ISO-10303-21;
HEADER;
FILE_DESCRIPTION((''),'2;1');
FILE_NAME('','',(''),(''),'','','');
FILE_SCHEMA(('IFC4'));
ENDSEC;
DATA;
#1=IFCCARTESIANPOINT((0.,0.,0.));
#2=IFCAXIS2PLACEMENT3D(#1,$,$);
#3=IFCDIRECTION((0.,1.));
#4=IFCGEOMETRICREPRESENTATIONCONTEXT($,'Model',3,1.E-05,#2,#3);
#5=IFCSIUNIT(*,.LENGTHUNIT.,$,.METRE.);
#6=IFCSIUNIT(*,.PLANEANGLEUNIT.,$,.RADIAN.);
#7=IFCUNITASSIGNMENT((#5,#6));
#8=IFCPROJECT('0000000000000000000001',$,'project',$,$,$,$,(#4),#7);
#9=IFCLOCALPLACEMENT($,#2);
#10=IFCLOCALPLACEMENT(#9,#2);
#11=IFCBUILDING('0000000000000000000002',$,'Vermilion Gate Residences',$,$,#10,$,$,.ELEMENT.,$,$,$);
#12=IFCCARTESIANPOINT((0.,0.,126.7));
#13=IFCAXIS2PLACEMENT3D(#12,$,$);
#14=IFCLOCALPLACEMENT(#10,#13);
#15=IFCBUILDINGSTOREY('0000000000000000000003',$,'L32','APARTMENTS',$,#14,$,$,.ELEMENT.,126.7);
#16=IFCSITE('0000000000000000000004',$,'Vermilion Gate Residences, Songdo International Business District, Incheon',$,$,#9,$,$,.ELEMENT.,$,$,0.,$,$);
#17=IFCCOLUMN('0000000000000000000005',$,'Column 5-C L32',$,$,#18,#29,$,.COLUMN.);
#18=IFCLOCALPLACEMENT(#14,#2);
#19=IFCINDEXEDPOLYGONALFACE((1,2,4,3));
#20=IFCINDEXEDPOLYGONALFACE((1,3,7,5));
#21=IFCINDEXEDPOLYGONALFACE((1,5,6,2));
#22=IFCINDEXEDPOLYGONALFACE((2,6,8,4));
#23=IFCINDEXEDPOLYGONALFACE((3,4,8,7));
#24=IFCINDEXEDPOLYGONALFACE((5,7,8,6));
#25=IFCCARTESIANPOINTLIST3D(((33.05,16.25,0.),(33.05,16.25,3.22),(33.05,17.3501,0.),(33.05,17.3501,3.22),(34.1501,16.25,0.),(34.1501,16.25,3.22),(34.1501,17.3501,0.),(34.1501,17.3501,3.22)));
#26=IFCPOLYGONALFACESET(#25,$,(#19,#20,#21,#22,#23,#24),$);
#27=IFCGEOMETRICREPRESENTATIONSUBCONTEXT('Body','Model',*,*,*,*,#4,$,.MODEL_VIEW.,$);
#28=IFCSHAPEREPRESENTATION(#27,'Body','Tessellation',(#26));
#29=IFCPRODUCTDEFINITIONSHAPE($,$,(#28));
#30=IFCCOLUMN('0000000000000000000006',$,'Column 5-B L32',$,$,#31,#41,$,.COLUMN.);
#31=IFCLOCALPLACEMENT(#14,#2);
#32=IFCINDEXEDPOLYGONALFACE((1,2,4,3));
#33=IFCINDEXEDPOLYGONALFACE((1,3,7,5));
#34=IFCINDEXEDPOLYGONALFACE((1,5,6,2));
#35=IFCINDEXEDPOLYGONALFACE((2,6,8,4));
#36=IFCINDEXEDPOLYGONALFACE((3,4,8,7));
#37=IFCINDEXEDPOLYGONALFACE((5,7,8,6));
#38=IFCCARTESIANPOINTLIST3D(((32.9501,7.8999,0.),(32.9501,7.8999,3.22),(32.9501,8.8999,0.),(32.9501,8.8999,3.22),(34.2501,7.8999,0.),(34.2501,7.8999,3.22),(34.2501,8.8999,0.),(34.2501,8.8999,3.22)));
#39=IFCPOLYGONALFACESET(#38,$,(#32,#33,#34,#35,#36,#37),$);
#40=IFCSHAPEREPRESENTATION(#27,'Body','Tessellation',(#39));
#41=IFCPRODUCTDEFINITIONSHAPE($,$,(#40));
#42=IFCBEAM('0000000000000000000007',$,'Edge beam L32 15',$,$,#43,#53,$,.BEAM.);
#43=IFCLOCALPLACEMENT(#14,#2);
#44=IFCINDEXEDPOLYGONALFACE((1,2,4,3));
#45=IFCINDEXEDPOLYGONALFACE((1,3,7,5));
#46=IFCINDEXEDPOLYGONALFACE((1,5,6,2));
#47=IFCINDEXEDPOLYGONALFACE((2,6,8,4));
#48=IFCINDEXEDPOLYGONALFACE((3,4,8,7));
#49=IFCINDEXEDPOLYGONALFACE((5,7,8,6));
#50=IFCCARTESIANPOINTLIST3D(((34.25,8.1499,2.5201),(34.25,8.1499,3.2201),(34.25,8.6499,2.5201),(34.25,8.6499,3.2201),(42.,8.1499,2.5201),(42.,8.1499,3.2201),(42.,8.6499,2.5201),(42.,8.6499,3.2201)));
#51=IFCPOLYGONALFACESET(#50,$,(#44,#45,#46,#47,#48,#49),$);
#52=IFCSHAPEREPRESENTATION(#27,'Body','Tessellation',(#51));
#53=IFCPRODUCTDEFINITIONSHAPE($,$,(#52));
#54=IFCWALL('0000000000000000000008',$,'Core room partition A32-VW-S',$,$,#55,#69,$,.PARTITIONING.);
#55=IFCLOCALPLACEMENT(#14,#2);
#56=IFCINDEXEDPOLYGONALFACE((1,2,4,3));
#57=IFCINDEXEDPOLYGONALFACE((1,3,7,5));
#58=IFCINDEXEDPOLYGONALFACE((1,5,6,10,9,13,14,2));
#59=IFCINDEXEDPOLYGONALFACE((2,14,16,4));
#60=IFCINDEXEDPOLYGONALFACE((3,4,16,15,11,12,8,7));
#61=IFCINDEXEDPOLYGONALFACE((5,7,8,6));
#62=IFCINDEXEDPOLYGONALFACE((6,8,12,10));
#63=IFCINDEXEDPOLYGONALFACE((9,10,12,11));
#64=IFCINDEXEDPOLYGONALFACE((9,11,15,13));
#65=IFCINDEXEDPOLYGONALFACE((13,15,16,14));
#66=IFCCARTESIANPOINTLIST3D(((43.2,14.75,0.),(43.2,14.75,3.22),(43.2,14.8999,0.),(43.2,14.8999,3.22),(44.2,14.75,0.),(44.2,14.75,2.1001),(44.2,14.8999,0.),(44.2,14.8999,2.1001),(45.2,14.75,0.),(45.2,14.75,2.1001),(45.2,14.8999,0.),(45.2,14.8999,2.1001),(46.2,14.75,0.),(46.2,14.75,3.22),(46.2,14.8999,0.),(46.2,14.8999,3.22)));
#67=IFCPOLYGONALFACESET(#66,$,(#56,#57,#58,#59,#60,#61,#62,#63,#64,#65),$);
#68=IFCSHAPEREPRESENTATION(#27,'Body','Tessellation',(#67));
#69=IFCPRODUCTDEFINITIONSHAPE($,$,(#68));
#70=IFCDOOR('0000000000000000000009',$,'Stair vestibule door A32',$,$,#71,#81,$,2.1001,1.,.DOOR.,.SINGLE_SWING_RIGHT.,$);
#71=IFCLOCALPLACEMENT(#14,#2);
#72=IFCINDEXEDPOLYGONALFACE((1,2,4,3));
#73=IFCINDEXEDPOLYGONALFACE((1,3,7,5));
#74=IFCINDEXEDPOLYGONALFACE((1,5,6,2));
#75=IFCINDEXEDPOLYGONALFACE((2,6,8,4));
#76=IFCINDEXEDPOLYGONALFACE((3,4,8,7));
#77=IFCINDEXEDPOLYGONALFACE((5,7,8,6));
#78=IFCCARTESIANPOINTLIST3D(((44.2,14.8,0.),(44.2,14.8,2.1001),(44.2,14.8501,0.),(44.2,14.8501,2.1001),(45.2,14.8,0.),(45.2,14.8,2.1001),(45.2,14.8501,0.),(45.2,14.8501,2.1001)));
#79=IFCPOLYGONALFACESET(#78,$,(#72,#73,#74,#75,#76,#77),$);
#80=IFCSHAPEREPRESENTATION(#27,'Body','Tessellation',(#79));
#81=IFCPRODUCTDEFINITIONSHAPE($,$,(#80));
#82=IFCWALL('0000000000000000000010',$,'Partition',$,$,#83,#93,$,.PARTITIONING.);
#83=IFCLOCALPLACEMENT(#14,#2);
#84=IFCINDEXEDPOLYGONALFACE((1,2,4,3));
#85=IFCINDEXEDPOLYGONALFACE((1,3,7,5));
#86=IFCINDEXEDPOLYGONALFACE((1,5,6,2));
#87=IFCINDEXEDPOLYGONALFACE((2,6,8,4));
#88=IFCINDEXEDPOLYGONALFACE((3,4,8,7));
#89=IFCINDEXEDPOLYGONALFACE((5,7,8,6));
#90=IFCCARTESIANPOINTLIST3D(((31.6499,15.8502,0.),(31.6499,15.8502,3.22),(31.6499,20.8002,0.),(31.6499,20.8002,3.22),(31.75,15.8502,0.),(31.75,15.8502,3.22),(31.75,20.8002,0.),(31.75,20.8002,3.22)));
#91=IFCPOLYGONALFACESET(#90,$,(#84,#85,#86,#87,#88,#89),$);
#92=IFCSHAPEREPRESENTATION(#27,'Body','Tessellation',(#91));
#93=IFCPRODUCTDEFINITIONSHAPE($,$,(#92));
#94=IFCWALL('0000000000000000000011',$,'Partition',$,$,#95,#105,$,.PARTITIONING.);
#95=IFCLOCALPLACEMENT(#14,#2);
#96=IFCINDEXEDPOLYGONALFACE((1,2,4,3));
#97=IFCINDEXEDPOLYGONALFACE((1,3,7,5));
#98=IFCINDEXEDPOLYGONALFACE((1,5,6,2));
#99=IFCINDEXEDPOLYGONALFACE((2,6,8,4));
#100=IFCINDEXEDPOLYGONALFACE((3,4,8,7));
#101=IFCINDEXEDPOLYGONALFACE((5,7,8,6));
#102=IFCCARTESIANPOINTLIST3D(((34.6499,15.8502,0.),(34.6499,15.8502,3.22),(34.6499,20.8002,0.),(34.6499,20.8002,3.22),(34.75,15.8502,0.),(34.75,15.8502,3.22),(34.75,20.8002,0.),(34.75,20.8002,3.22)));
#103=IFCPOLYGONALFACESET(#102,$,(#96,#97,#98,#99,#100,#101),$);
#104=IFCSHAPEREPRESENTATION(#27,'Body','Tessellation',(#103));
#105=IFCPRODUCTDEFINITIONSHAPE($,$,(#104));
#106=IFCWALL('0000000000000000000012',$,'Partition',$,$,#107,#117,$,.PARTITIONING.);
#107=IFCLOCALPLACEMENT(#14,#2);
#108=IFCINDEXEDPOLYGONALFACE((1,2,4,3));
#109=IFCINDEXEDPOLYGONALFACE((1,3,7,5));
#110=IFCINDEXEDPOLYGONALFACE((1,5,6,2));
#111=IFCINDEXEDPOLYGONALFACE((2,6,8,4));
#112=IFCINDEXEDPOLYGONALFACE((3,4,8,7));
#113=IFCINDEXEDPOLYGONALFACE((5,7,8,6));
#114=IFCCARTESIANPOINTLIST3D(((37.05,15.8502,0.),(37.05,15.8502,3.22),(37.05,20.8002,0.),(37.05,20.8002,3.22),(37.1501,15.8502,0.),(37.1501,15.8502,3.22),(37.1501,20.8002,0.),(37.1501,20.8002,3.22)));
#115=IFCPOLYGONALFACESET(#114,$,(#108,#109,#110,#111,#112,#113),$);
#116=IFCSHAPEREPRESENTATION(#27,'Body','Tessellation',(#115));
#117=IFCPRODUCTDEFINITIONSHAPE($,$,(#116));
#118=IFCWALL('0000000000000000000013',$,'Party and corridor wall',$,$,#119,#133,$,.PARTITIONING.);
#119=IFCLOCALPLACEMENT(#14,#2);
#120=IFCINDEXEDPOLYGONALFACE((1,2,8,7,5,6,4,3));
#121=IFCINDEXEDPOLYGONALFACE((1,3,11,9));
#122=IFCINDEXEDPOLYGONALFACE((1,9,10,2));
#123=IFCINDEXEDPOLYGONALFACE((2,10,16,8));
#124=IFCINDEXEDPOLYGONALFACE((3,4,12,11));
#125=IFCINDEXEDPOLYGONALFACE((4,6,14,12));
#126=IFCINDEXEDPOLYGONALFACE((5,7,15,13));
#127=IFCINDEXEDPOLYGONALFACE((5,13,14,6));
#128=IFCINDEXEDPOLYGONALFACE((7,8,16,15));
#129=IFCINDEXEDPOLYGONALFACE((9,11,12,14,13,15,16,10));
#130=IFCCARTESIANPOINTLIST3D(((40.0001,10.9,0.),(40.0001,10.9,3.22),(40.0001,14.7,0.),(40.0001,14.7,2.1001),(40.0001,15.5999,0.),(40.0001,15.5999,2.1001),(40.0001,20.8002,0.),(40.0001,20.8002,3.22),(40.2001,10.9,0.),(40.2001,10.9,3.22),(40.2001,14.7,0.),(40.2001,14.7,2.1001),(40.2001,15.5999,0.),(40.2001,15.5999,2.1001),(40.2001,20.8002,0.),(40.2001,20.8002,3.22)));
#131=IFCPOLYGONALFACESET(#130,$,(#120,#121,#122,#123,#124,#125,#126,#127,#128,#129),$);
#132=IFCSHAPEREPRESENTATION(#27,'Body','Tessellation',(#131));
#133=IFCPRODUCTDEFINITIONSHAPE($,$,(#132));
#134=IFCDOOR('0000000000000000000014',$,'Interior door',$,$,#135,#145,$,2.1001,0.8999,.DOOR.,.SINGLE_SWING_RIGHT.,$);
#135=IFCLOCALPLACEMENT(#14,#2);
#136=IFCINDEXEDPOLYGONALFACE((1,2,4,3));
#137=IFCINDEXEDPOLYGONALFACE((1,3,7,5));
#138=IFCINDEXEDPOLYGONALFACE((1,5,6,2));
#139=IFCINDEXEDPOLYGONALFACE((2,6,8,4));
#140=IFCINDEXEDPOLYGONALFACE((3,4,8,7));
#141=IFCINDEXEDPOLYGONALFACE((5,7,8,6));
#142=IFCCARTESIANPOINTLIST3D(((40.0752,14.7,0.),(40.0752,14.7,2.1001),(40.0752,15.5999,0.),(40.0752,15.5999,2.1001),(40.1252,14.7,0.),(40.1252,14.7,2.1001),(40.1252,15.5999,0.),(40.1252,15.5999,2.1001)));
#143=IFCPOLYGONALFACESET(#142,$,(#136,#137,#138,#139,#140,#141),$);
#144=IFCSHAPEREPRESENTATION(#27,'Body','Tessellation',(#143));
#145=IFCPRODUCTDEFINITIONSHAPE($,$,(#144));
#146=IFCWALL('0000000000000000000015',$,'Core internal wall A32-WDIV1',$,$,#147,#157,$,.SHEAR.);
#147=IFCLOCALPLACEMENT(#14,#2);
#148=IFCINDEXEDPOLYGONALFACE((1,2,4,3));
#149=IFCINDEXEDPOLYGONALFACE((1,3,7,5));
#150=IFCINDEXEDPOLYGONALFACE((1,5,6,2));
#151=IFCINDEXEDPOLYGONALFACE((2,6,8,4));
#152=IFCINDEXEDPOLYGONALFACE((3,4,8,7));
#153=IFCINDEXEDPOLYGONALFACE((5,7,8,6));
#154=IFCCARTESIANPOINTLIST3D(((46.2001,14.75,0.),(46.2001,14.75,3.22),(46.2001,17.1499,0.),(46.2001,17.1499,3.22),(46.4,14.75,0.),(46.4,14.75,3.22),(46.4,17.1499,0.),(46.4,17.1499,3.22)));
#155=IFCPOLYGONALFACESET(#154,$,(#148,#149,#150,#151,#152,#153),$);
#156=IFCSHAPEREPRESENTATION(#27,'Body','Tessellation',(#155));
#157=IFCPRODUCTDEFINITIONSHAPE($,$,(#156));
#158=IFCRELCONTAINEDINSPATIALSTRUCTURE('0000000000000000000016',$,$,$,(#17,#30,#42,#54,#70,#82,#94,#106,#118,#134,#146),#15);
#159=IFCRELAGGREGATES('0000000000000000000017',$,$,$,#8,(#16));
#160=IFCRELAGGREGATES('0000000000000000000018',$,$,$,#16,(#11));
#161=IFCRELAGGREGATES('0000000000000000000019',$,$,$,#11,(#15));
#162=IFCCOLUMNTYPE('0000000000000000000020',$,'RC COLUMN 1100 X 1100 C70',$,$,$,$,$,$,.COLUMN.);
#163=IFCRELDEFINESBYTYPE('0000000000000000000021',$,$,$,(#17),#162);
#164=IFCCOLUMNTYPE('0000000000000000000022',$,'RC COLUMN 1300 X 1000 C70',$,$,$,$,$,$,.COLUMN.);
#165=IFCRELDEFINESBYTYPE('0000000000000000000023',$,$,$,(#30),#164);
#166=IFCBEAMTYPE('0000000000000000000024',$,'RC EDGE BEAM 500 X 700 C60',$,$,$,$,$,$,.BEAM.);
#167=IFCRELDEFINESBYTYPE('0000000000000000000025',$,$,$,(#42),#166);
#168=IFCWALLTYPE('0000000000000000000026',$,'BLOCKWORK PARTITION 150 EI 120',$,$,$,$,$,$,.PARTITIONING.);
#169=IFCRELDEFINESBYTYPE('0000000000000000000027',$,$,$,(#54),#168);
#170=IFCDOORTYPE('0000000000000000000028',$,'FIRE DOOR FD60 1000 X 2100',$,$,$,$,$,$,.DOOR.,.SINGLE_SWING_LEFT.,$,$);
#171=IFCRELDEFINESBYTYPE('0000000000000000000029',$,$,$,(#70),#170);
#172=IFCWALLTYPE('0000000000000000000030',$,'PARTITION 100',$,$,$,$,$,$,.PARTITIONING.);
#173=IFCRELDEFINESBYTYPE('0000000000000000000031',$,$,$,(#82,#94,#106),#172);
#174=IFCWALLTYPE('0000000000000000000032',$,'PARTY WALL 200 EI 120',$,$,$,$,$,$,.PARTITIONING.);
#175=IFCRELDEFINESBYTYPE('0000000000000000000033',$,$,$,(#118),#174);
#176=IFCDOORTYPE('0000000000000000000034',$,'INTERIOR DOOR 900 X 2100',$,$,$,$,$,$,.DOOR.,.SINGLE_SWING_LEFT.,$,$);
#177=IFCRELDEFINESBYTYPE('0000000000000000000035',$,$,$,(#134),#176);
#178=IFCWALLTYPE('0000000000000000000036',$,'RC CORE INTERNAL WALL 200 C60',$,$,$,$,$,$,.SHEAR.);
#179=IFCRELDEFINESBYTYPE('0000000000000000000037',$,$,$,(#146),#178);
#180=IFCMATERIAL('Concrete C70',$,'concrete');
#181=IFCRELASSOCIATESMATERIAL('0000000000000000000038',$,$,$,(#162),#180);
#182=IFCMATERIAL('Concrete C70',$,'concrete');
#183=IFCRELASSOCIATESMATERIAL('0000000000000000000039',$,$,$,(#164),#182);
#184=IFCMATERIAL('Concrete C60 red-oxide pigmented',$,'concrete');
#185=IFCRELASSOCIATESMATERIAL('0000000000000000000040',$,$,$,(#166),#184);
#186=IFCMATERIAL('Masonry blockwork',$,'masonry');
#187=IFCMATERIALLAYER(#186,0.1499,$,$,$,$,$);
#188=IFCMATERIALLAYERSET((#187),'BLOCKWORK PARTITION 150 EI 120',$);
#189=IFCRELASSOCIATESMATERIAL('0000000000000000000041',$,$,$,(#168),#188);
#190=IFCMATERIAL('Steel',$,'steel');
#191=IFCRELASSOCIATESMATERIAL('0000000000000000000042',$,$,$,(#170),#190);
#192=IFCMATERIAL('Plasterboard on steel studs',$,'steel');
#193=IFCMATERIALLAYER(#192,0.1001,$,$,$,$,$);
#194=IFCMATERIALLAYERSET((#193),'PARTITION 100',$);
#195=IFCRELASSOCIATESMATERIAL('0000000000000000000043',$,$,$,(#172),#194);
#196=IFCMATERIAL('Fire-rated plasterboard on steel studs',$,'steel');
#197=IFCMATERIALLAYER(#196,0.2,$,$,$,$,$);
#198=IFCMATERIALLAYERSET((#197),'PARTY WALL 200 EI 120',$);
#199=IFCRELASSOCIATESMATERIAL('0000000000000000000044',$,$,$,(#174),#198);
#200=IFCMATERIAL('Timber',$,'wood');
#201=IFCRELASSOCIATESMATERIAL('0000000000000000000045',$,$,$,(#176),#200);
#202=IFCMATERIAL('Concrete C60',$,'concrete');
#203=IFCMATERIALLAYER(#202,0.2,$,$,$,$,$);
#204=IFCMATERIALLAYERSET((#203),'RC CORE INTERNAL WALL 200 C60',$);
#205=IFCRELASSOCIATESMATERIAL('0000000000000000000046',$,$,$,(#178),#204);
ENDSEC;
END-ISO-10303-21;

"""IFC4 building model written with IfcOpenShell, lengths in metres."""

from ifc_helpers import new_model, si_unit, direction, frame, frame_2d, origin, origin_2d, place, context, subcontext, project, spatial, rectangle, extrude, material, layer, layer_set, material_profile, profile_set, type_object, element, fill, save


model = new_model("IFC4")

# Units and contexts
model_context = context("Model", 3, precision=1e-05, world=origin(), true_north=direction((0.0, 1.0)))
body_context = subcontext(model_context, "Body", "Model", "MODEL_VIEW")
ifc_project = project(units=[si_unit("LENGTHUNIT", "METRE"), si_unit("PLANEANGLEUNIT", "RADIAN")], contexts=[model_context])

# Site, building, storey
site_placement = place(None, origin())
site = spatial("IfcSite", under=ifc_project, at=site_placement, Name="Vermilion Gate Residences, Songdo International Business District, Incheon", CompositionType="ELEMENT", RefElevation=0.0)
building_placement = place(site_placement, origin())
building = spatial("IfcBuilding", under=site, at=building_placement, Name="Vermilion Gate Residences", CompositionType="ELEMENT")
storey_placement = place(building_placement, frame((0.0, 0.0, 126.7)))
storey = spatial("IfcBuildingStorey", under=building, at=storey_placement, Name="L32", Description="APARTMENTS", CompositionType="ELEMENT", Elevation=126.7)

# Columns
ifc_material_1 = material(Name="Concrete C70", Category="concrete")
ifc_material_profile_1 = material_profile(ifc_material_1, rectangle(XDim=1.1001, YDim=1.1001, at=origin_2d()), Name="RC-1100x1100")
ifc_profile_set_1 = profile_set([ifc_material_profile_1], Name="Concrete C70")
column_type_1 = type_object("IfcColumnType", Name="RC COLUMN 1100 X 1100 C70", PredefinedType="COLUMN", material=ifc_profile_set_1)
column_1_placement = place(storey_placement, frame((33.6001, 16.8, 0.0), z_axis=(0.0, 0.0, 1.0), x_axis=(1.0, 0.0, 0.0)))
element("IfcColumn", 1, at=column_1_placement, inside=storey, type_object=column_type_1, Name="Column 5-C L32", PredefinedType="COLUMN", context=body_context, shape_type="SweptSolid", body=[
    extrude(rectangle(XDim=1.1001, YDim=1.1001, at=origin_2d()), origin(), (0.0, 0.0, 1.0), 3.22),
])
ifc_material_2 = material(Name="Concrete C70", Category="concrete")
ifc_material_profile_2 = material_profile(ifc_material_2, rectangle(XDim=1.3, YDim=1.0, at=origin_2d()), Name="RC-1300x1000")
ifc_profile_set_2 = profile_set([ifc_material_profile_2], Name="Concrete C70")
column_type_2 = type_object("IfcColumnType", Name="RC COLUMN 1300 X 1000 C70", PredefinedType="COLUMN", material=ifc_profile_set_2)
column_2_placement = place(storey_placement, frame((33.6001, 8.3999, 0.0), z_axis=(0.0, 0.0, 1.0), x_axis=(1.0, 0.0, 0.0)))
element("IfcColumn", 2, at=column_2_placement, inside=storey, type_object=column_type_2, Name="Column 5-B L32", PredefinedType="COLUMN", context=body_context, shape_type="SweptSolid", body=[
    extrude(rectangle(XDim=1.3, YDim=1.0, at=origin_2d()), origin(), (0.0, 0.0, 1.0), 3.22),
])

# Beam
ifc_material_3 = material(Name="Concrete C60 red-oxide pigmented", Category="concrete")
ifc_material_profile_3 = material_profile(ifc_material_3, rectangle(XDim=0.5, YDim=0.7, at=origin_2d()), Name="RC-500x700")
ifc_profile_set_3 = profile_set([ifc_material_profile_3], Name="Concrete C60 red-oxide pigmented")
beam_type = type_object("IfcBeamType", Name="RC EDGE BEAM 500 X 700 C60", PredefinedType="BEAM", material=ifc_profile_set_3)
beam_placement = place(storey_placement, frame((34.25, 8.3999, 2.8701), z_axis=(1.0, 0.0, 0.0), x_axis=(0.0, 1.0, 0.0)))
element("IfcBeam", 3, at=beam_placement, inside=storey, type_object=beam_type, Name="Edge beam L32 15", PredefinedType="BEAM", context=body_context, shape_type="SweptSolid", body=[
    extrude(rectangle(XDim=0.5, YDim=0.7, at=origin_2d()), origin(), (0.0, 0.0, 1.0), 7.75),
])

# Wall, opening, door
ifc_material_4 = material(Name="Masonry blockwork", Category="masonry")
ifc_layer_1 = layer(ifc_material_4, 0.1499)
ifc_layer_set_1 = layer_set([ifc_layer_1], Name="BLOCKWORK PARTITION 150 EI 120")
wall_type_1 = type_object("IfcWallType", Name="BLOCKWORK PARTITION 150 EI 120", PredefinedType="PARTITIONING", material=ifc_layer_set_1)
wall_1_placement = place(storey_placement, frame((43.2, 14.825, 0.0), z_axis=(0.0, 0.0, 1.0), x_axis=(1.0, 0.0, 0.0)))
wall_1 = element("IfcWall", 4, at=wall_1_placement, inside=storey, type_object=wall_type_1, Name="Core room partition A32-VW-S", PredefinedType="PARTITIONING", context=body_context, shape_type="SweptSolid", body=[
    extrude(rectangle(XDim=3.0, YDim=0.1499, at=frame_2d((1.5, 0.0))), origin(), (0.0, 0.0, 1.0), 3.22),
])
opening_1_placement = place(wall_1_placement, frame((1.0, 0.0, 0.0)))
opening_1 = element("IfcOpeningElement", 5, at=opening_1_placement, cuts=wall_1, PredefinedType="OPENING", context=body_context, shape_type="SweptSolid", body=[
    extrude(rectangle(XDim=1.0, YDim=2.1001, at=frame_2d((0.5, 1.05))), frame((0.0, 0.085, 0.0), z_axis=(0.0, -1.0, 0.0), x_axis=(1.0, 0.0, 0.0)), (0.0, 0.0, 1.0), 0.1699),
])
ifc_material_5 = material(Name="Steel", Category="steel")
door_type_1 = type_object("IfcDoorType", Name="FIRE DOOR FD60 1000 X 2100", OperationType="SINGLE_SWING_LEFT", PredefinedType="DOOR", material=ifc_material_5)
door_1_placement = place(opening_1_placement, frame((1.0, 0.0, 0.0), z_axis=(0.0, 0.0, 1.0), x_axis=(-1.0, 0.0, 0.0)))
door_1 = element("IfcDoor", 6, at=door_1_placement, inside=storey, type_object=door_type_1, Name="Stair vestibule door A32", OperationType="SINGLE_SWING_RIGHT", OverallHeight=2.1001, OverallWidth=1.0, PredefinedType="DOOR", context=body_context, shape_type="SweptSolid", body=[
    extrude(rectangle(XDim=1.0, YDim=2.1001, at=frame_2d((0.5, 1.05))), frame((0.0, 0.0249, 0.0), z_axis=(0.0, -1.0, 0.0), x_axis=(1.0, 0.0, 0.0)), (0.0, 0.0, 1.0), 0.05),
])
fill(opening_1, door_1)

# Walls
ifc_material_6 = material(Name="Plasterboard on steel studs", Category="steel")
ifc_layer_2 = layer(ifc_material_6, 0.1001)
ifc_layer_set_2 = layer_set([ifc_layer_2], Name="PARTITION 100")
wall_type_2 = type_object("IfcWallType", Name="PARTITION 100", PredefinedType="PARTITIONING", material=ifc_layer_set_2)
for number, where, z_axis, x_axis, name in (
    (7, (31.7, 15.8501, 0.0), (0.0, 0.0, 1.0), (0.0, 1.0, 0.0), "Partition"),
    (8, (34.7, 15.8501, 0.0), (0.0, 0.0, 1.0), (0.0, 1.0, 0.0), "Partition"),
    (9, (37.1001, 15.8501, 0.0), (0.0, 0.0, 1.0), (0.0, 1.0, 0.0), "Partition"),
):
    element("IfcWall", number, at=place(storey_placement, frame(where, z_axis=z_axis, x_axis=x_axis)), inside=storey, type_object=wall_type_2, Name=name, PredefinedType="PARTITIONING", context=body_context, shape_type="SweptSolid", body=[
        extrude(rectangle(XDim=4.95, YDim=0.1001, at=frame_2d((2.4751, 0.0))), origin(), (0.0, 0.0, 1.0), 3.22),
    ])

# Wall, opening, door
ifc_material_7 = material(Name="Fire-rated plasterboard on steel studs", Category="steel")
ifc_layer_3 = layer(ifc_material_7, 0.2)
ifc_layer_set_3 = layer_set([ifc_layer_3], Name="PARTY WALL 200 EI 120")
wall_type_3 = type_object("IfcWallType", Name="PARTY WALL 200 EI 120", PredefinedType="PARTITIONING", material=ifc_layer_set_3)
wall_2_placement = place(storey_placement, frame((40.1001, 10.8999, 0.0), z_axis=(0.0, 0.0, 1.0), x_axis=(0.0, 1.0, 0.0)))
wall_2 = element("IfcWall", 10, at=wall_2_placement, inside=storey, type_object=wall_type_3, Name="Party and corridor wall", PredefinedType="PARTITIONING", context=body_context, shape_type="SweptSolid", body=[
    extrude(rectangle(XDim=9.9001, YDim=0.2, at=frame_2d((4.9502, 0.0))), origin(), (0.0, 0.0, 1.0), 3.22),
])
opening_2_placement = place(wall_2_placement, frame((3.8, 0.0, 0.0)))
opening_2 = element("IfcOpeningElement", 11, at=opening_2_placement, cuts=wall_2, PredefinedType="OPENING", context=body_context, shape_type="SweptSolid", body=[
    extrude(rectangle(XDim=0.8999, YDim=2.1001, at=frame_2d((0.45, 1.05))), frame((0.0, 0.1099, 0.0), z_axis=(0.0, -1.0, 0.0), x_axis=(1.0, 0.0, 0.0)), (0.0, 0.0, 1.0), 0.22),
])
ifc_material_8 = material(Name="Timber", Category="wood")
door_type_2 = type_object("IfcDoorType", Name="INTERIOR DOOR 900 X 2100", OperationType="SINGLE_SWING_LEFT", PredefinedType="DOOR", material=ifc_material_8)
door_2_placement = place(opening_2_placement, origin())
door_2 = element("IfcDoor", 12, at=door_2_placement, inside=storey, type_object=door_type_2, Name="Interior door", OperationType="SINGLE_SWING_RIGHT", OverallHeight=2.1001, OverallWidth=0.8999, PredefinedType="DOOR", context=body_context, shape_type="SweptSolid", body=[
    extrude(rectangle(XDim=0.8999, YDim=2.1001, at=frame_2d((0.45, 1.05))), frame((0.0, 0.0249, 0.0), z_axis=(0.0, -1.0, 0.0), x_axis=(1.0, 0.0, 0.0)), (0.0, 0.0, 1.0), 0.05),
])
fill(opening_2, door_2)

# Wall
ifc_material_9 = material(Name="Concrete C60", Category="concrete")
ifc_layer_4 = layer(ifc_material_9, 0.2)
ifc_layer_set_4 = layer_set([ifc_layer_4], Name="RC CORE INTERNAL WALL 200 C60")
wall_type_4 = type_object("IfcWallType", Name="RC CORE INTERNAL WALL 200 C60", PredefinedType="SHEAR", material=ifc_layer_set_4)
wall_3_placement = place(storey_placement, frame((46.3, 14.75, 0.0), z_axis=(0.0, 0.0, 1.0), x_axis=(0.0, 1.0, 0.0)))
element("IfcWall", 13, at=wall_3_placement, inside=storey, type_object=wall_type_4, Name="Core internal wall A32-WDIV1", PredefinedType="SHEAR", context=body_context, shape_type="SweptSolid", body=[
    extrude(rectangle(XDim=2.3999, YDim=0.2, at=frame_2d((1.2, 0.0))), origin(), (0.0, 0.0, 1.0), 3.22),
])

save(model, "model.ifc")
